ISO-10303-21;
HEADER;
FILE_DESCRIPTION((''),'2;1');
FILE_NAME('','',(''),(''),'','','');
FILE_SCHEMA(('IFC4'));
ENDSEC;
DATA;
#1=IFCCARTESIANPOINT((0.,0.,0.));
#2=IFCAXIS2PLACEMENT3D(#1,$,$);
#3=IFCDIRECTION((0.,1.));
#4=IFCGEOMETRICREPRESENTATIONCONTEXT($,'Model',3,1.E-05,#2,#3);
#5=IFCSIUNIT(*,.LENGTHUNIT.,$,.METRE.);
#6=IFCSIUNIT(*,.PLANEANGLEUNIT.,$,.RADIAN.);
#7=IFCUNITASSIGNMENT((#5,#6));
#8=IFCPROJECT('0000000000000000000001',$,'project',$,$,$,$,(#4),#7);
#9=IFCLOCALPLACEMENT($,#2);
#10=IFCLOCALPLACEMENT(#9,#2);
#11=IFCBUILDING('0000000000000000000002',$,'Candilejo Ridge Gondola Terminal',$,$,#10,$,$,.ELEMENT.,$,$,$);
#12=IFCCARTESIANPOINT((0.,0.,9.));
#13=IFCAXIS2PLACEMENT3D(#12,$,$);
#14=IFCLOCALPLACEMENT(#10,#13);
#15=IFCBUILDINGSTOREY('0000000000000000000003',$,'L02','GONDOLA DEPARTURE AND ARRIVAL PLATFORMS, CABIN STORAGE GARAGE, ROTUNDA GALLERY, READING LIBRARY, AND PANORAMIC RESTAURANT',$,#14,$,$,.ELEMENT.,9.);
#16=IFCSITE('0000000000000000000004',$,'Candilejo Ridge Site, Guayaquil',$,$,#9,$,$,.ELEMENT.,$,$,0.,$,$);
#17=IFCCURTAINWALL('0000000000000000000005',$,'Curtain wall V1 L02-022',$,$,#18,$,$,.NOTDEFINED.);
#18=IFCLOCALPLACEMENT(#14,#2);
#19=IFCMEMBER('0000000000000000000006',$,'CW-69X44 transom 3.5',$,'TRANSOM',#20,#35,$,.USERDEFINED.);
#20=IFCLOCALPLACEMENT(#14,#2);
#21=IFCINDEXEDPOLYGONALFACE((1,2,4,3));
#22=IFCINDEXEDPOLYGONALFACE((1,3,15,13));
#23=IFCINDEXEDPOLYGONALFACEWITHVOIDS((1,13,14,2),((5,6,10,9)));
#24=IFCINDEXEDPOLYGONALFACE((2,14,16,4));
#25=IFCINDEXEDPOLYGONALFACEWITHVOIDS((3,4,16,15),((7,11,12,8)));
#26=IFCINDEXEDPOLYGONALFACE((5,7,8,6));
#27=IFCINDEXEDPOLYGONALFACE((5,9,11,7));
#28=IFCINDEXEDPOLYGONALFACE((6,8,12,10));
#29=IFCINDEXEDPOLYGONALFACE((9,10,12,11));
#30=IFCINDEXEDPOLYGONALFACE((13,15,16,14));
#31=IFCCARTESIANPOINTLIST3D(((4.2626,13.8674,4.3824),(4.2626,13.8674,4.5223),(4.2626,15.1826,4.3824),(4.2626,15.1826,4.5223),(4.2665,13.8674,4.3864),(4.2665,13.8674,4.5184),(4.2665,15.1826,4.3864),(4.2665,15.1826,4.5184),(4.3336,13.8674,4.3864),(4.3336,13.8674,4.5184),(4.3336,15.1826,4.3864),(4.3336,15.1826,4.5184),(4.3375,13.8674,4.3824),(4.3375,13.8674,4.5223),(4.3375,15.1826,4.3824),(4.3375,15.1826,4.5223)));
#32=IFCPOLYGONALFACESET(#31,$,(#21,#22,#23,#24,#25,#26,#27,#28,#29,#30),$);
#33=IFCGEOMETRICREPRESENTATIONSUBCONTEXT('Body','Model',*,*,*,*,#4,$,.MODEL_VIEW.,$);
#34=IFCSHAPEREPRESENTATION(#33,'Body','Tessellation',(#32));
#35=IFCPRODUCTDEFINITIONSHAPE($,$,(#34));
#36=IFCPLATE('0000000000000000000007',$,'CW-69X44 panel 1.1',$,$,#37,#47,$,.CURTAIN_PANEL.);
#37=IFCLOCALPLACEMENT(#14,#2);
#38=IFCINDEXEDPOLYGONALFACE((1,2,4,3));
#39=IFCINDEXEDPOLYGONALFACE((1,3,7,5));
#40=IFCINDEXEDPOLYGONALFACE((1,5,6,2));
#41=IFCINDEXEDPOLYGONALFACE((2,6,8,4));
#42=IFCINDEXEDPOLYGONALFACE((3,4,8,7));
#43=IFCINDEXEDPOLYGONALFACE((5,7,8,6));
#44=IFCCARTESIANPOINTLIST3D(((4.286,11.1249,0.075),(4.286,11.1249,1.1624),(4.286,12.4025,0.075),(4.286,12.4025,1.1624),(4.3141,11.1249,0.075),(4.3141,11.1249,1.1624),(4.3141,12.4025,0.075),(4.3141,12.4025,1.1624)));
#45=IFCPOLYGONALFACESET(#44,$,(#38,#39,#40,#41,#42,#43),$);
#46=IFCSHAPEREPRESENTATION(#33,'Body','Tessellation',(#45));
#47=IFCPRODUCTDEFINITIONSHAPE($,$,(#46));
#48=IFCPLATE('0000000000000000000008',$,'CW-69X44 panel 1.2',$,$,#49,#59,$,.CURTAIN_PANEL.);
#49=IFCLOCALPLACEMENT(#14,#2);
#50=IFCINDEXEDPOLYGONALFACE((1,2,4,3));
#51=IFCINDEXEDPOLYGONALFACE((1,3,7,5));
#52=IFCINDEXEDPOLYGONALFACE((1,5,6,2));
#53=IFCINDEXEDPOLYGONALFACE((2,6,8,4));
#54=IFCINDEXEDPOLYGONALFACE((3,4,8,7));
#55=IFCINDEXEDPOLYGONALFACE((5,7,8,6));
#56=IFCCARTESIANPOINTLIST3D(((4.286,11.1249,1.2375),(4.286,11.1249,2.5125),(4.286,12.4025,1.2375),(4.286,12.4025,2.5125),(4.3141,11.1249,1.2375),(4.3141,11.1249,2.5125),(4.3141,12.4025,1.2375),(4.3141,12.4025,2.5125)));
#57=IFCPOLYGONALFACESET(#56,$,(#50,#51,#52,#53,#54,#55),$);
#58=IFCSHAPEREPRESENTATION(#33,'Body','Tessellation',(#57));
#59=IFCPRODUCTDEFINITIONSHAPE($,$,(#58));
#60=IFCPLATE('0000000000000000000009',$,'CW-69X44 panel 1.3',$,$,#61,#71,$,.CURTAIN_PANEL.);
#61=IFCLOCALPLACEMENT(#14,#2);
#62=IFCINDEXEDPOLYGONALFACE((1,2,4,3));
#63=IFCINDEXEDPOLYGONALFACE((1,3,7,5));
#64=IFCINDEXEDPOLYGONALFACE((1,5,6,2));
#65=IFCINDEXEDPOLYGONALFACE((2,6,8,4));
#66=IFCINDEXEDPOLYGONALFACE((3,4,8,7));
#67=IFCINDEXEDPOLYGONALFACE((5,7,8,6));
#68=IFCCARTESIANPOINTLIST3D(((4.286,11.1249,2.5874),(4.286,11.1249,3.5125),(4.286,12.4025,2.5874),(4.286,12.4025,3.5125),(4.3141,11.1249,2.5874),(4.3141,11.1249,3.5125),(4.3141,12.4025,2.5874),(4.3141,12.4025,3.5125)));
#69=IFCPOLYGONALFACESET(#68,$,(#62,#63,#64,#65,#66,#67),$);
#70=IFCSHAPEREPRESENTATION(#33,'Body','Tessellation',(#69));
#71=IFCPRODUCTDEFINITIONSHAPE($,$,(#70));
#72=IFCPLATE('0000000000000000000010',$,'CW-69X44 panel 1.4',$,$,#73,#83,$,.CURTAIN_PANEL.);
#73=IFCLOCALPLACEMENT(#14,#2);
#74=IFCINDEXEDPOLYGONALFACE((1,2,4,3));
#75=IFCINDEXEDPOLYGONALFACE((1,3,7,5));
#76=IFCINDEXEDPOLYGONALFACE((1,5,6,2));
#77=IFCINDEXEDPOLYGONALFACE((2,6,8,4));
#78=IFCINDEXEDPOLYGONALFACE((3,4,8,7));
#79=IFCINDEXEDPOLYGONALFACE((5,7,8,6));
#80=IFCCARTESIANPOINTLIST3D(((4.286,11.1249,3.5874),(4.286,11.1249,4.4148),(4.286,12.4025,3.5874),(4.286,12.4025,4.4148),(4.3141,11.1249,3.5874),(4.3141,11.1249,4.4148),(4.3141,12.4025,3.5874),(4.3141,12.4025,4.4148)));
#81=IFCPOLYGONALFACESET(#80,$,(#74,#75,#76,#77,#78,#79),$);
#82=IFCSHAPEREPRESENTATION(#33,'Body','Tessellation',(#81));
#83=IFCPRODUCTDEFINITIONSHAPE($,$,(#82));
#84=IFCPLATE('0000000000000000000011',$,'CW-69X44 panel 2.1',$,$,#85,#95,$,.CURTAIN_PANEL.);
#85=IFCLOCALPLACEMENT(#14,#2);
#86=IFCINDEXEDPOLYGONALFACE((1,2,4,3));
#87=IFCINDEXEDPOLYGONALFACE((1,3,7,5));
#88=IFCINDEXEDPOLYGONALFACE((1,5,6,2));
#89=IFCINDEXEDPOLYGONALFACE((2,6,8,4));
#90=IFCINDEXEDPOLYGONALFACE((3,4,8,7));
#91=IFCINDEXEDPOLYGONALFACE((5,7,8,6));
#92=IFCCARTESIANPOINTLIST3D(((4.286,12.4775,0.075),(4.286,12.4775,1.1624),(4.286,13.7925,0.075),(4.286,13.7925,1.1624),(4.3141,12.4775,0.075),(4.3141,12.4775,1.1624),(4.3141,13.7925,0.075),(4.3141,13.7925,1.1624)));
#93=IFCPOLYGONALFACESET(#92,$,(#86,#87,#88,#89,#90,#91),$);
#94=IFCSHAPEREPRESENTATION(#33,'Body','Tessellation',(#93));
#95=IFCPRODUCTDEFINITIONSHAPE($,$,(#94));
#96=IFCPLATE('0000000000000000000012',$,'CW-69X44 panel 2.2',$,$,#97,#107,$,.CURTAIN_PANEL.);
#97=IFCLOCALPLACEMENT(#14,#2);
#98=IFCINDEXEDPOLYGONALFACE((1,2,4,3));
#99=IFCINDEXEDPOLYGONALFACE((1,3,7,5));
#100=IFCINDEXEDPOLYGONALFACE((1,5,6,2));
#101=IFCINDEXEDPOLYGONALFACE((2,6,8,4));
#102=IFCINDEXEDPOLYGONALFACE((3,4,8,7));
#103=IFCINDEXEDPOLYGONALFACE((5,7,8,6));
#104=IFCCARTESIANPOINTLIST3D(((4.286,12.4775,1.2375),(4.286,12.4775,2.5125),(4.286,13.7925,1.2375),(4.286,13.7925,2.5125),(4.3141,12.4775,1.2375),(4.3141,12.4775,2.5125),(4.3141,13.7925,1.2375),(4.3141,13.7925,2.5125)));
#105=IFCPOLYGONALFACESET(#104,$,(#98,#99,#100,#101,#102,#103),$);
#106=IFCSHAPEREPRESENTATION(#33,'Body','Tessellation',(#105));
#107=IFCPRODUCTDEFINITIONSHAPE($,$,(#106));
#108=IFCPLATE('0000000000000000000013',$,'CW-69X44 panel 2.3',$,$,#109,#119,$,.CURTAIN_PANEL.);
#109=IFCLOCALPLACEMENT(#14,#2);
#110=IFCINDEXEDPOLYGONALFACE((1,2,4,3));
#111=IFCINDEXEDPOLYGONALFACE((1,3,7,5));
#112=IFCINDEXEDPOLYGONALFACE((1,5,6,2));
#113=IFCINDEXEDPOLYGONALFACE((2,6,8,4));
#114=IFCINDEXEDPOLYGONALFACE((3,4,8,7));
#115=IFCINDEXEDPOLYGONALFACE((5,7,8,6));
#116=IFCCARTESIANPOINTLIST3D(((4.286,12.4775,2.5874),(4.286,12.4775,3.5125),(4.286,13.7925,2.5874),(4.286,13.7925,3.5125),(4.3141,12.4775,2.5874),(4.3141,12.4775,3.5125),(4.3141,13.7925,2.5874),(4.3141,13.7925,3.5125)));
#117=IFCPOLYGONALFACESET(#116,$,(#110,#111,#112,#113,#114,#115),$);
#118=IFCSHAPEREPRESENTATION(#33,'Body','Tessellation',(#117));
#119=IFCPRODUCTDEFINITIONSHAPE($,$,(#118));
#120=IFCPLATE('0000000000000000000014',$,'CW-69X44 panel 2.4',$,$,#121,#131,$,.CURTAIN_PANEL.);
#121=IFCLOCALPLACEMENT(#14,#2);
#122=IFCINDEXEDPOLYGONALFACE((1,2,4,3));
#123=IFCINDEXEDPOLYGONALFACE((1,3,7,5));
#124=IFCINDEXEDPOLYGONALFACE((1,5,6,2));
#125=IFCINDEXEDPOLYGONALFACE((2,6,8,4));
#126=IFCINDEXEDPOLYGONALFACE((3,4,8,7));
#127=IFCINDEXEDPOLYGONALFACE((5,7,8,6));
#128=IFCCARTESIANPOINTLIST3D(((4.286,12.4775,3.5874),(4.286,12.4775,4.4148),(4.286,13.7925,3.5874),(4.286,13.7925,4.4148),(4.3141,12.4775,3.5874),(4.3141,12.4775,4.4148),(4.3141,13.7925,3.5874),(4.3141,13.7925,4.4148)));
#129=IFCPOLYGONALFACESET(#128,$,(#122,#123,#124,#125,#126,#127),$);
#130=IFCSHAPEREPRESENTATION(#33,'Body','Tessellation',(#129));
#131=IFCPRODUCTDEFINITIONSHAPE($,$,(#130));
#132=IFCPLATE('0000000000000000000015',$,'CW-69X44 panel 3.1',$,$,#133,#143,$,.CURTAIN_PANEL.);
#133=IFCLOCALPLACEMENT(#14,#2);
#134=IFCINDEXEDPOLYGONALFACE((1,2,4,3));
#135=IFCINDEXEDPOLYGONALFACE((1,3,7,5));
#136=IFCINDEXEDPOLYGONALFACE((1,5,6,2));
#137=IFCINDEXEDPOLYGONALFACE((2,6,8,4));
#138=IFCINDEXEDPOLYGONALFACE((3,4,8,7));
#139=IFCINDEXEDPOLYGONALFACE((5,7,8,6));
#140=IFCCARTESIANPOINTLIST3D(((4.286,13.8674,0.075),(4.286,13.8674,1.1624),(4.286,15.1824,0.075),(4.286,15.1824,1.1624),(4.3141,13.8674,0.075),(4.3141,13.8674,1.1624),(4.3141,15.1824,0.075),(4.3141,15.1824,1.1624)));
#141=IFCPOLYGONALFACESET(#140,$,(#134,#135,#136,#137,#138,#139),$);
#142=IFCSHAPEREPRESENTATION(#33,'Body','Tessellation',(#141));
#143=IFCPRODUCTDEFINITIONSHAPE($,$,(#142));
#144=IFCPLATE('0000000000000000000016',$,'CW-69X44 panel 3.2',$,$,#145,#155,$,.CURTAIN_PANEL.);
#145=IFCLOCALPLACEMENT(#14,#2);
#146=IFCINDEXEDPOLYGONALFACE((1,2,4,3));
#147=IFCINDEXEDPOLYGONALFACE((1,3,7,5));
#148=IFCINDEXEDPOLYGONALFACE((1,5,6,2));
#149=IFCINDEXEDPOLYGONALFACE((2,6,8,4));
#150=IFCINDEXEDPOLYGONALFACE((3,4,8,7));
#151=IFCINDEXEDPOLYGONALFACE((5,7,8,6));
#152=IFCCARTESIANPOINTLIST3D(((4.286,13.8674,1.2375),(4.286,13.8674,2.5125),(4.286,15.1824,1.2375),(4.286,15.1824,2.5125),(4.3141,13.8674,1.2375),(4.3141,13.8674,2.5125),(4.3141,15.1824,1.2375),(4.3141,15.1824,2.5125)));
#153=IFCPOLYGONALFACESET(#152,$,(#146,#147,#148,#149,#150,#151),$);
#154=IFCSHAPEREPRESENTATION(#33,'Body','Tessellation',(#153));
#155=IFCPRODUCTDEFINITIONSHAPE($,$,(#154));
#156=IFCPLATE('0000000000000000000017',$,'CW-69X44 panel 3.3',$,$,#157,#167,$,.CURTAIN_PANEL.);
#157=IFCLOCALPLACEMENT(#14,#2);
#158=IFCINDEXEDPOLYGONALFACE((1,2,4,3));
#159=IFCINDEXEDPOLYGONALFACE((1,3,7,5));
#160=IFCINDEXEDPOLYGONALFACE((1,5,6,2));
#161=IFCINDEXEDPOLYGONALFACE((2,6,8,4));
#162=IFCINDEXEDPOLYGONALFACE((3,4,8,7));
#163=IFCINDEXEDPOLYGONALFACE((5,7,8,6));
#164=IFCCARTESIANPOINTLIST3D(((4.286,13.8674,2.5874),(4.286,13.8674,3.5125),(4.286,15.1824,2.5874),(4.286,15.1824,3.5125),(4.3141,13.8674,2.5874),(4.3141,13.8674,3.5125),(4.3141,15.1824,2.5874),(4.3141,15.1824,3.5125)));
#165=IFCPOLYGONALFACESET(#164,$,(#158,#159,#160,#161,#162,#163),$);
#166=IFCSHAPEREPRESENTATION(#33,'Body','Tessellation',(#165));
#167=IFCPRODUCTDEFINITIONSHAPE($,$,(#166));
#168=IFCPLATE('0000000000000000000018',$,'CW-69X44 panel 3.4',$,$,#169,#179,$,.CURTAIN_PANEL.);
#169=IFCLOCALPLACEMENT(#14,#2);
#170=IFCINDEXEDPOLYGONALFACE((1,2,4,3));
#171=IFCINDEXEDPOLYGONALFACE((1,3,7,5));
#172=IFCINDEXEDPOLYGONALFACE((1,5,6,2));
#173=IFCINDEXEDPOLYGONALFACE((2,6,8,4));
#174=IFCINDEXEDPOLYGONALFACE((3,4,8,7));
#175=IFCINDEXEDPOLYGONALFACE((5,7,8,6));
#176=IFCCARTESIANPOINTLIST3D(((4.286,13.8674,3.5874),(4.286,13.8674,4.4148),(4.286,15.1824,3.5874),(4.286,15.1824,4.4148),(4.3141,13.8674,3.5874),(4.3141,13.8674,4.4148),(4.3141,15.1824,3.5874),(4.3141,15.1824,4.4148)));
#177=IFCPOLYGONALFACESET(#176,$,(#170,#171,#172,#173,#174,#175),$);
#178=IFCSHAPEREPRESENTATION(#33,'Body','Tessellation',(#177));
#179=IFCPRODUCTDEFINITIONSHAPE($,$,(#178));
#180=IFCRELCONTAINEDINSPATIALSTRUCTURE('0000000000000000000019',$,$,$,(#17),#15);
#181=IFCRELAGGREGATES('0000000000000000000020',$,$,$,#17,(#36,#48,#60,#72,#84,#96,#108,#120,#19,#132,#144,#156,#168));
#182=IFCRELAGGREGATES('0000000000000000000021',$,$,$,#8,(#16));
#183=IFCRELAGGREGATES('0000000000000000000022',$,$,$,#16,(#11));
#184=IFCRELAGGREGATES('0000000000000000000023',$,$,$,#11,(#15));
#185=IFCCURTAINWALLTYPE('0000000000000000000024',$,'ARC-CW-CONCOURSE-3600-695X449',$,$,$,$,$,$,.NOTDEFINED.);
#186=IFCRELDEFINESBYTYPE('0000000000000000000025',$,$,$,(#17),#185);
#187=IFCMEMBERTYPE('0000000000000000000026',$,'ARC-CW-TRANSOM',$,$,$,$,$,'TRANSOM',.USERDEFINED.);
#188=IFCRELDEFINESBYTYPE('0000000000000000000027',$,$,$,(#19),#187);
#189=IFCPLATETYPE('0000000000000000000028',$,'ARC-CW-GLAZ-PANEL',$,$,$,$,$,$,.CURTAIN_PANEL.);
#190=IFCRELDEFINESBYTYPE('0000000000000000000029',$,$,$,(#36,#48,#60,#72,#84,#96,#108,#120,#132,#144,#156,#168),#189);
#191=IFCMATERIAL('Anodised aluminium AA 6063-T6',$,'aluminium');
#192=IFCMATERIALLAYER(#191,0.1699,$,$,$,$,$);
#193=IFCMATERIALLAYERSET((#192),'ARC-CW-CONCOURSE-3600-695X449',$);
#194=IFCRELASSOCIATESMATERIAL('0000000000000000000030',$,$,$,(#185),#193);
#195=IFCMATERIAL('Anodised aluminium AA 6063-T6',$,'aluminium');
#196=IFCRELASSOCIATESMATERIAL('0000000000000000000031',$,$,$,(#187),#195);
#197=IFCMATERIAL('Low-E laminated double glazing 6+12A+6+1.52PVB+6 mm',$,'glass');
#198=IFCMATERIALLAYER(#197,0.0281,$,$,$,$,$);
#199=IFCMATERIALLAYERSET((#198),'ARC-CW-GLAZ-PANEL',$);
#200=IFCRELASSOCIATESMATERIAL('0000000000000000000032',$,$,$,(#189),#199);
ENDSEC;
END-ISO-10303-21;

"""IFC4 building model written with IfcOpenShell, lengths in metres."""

from ifc_helpers import new_model, si_unit, direction, frame, origin, origin_2d, place, context, subcontext, project, spatial, rectangle, hollow_rectangle, extrude, material, layer, layer_set, material_profile, profile_set, type_object, element, aggregate, save


model = new_model("IFC4")

# Units and contexts
model_context = context("Model", 3, precision=1e-05, world=origin(), true_north=direction((0.0, 1.0)))
body_context = subcontext(model_context, "Body", "Model", "MODEL_VIEW")
ifc_project = project(units=[si_unit("LENGTHUNIT", "METRE"), si_unit("PLANEANGLEUNIT", "RADIAN")], contexts=[model_context])

# Site, building, storey
site_placement = place(None, origin())
site = spatial("IfcSite", under=ifc_project, at=site_placement, Name="Candilejo Ridge Site, Guayaquil", CompositionType="ELEMENT", RefElevation=0.0)
building_placement = place(site_placement, origin())
building = spatial("IfcBuilding", under=site, at=building_placement, Name="Candilejo Ridge Gondola Terminal", CompositionType="ELEMENT")
storey_placement = place(building_placement, frame((0.0, 0.0, 9.0)))
storey = spatial("IfcBuildingStorey", under=building, at=storey_placement, Name="L02", Description="GONDOLA DEPARTURE AND ARRIVAL PLATFORMS, CABIN STORAGE GARAGE, ROTUNDA GALLERY, READING LIBRARY, AND PANORAMIC RESTAURANT", CompositionType="ELEMENT", Elevation=9.0)

# Curtain wall
ifc_material_1 = material(Name="Anodised aluminium AA 6063-T6", Category="aluminium")
ifc_layer_1 = layer(ifc_material_1, 0.1699)
ifc_layer_set_1 = layer_set([ifc_layer_1], Name="ARC-CW-CONCOURSE-3600-695X449")
curtain_wall_type_1 = type_object("IfcCurtainWallType", Name="ARC-CW-CONCOURSE-3600-695X449", PredefinedType="NOTDEFINED", material=ifc_layer_set_1)
curtain_wall_1_placement = place(storey_placement, origin())
curtain_wall_1 = element("IfcCurtainWall", 1, at=curtain_wall_1_placement, inside=storey, type_object=curtain_wall_type_1, Name="Curtain wall V1 L02-022", PredefinedType="NOTDEFINED")

# Member
ifc_material_2 = material(Name="Anodised aluminium AA 6063-T6", Category="aluminium")
ifc_material_profile_1 = material_profile(ifc_material_2, hollow_rectangle(XDim=0.075, YDim=0.1399, WallThickness=0.0039, at=origin_2d()))
ifc_profile_set_1 = profile_set([ifc_material_profile_1], Name="Anodised aluminium AA 6063-T6")
member_type_1 = type_object("IfcMemberType", Name="ARC-CW-TRANSOM", ElementType="TRANSOM", PredefinedType="USERDEFINED", material=ifc_profile_set_1)
member_1_placement = place(storey_placement, frame((4.3, 13.8674, 4.4524), z_axis=(0.0, 1.0, 0.0), x_axis=(-1.0, 0.0, 0.0)))
member_1 = element("IfcMember", 2, at=member_1_placement, type_object=member_type_1, Name="CW-69X44 transom 3.5", ObjectType="TRANSOM", PredefinedType="USERDEFINED", context=body_context, shape_type="SweptSolid", body=[
    extrude(hollow_rectangle(XDim=0.075, YDim=0.1399, WallThickness=0.0039, at=origin_2d()), origin(), (0.0, 0.0, 1.0), 1.3152),
])

# Plates
ifc_material_3 = material(Name="Low-E laminated double glazing 6+12A+6+1.52PVB+6 mm", Category="glass")
ifc_layer_2 = layer(ifc_material_3, 0.0281)
ifc_layer_set_2 = layer_set([ifc_layer_2], Name="ARC-CW-GLAZ-PANEL")
plate_type = type_object("IfcPlateType", Name="ARC-CW-GLAZ-PANEL", PredefinedType="CURTAIN_PANEL", material=ifc_layer_set_2)
plate_1_placement = place(storey_placement, frame((4.3, 11.7637, 0.075), z_axis=(0.0, 0.0, 1.0), x_axis=(0.0, 1.0, 0.0)))
plate_1 = element("IfcPlate", 3, at=plate_1_placement, type_object=plate_type, Name="CW-69X44 panel 1.1", PredefinedType="CURTAIN_PANEL", context=body_context, shape_type="SweptSolid", body=[
    extrude(rectangle(XDim=1.2776, YDim=0.0281, at=origin_2d()), origin(), (0.0, 0.0, 1.0), 1.0874),
])
plate_2_placement = place(storey_placement, frame((4.3, 11.7637, 1.2375), z_axis=(0.0, 0.0, 1.0), x_axis=(0.0, 1.0, 0.0)))
plate_2 = element("IfcPlate", 4, at=plate_2_placement, type_object=plate_type, Name="CW-69X44 panel 1.2", PredefinedType="CURTAIN_PANEL", context=body_context, shape_type="SweptSolid", body=[
    extrude(rectangle(XDim=1.2776, YDim=0.0281, at=origin_2d()), origin(), (0.0, 0.0, 1.0), 1.2749),
])
plate_3_placement = place(storey_placement, frame((4.3, 11.7637, 2.5874), z_axis=(0.0, 0.0, 1.0), x_axis=(0.0, 1.0, 0.0)))
plate_3 = element("IfcPlate", 5, at=plate_3_placement, type_object=plate_type, Name="CW-69X44 panel 1.3", PredefinedType="CURTAIN_PANEL", context=body_context, shape_type="SweptSolid", body=[
    extrude(rectangle(XDim=1.2776, YDim=0.0281, at=origin_2d()), origin(), (0.0, 0.0, 1.0), 0.925),
])
plate_4_placement = place(storey_placement, frame((4.3, 11.7637, 3.5874), z_axis=(0.0, 0.0, 1.0), x_axis=(0.0, 1.0, 0.0)))
plate_4 = element("IfcPlate", 6, at=plate_4_placement, type_object=plate_type, Name="CW-69X44 panel 1.4", PredefinedType="CURTAIN_PANEL", context=body_context, shape_type="SweptSolid", body=[
    extrude(rectangle(XDim=1.2776, YDim=0.0281, at=origin_2d()), origin(), (0.0, 0.0, 1.0), 0.8274),
])
plate_5_placement = place(storey_placement, frame((4.3, 13.135, 0.075), z_axis=(0.0, 0.0, 1.0), x_axis=(0.0, 1.0, 0.0)))
plate_5 = element("IfcPlate", 7, at=plate_5_placement, type_object=plate_type, Name="CW-69X44 panel 2.1", PredefinedType="CURTAIN_PANEL", context=body_context, shape_type="SweptSolid", body=[
    extrude(rectangle(XDim=1.3149, YDim=0.0281, at=origin_2d()), origin(), (0.0, 0.0, 1.0), 1.0874),
])
plate_6_placement = place(storey_placement, frame((4.3, 13.135, 1.2375), z_axis=(0.0, 0.0, 1.0), x_axis=(0.0, 1.0, 0.0)))
plate_6 = element("IfcPlate", 8, at=plate_6_placement, type_object=plate_type, Name="CW-69X44 panel 2.2", PredefinedType="CURTAIN_PANEL", context=body_context, shape_type="SweptSolid", body=[
    extrude(rectangle(XDim=1.3149, YDim=0.0281, at=origin_2d()), origin(), (0.0, 0.0, 1.0), 1.2749),
])
plate_7_placement = place(storey_placement, frame((4.3, 13.135, 2.5874), z_axis=(0.0, 0.0, 1.0), x_axis=(0.0, 1.0, 0.0)))
plate_7 = element("IfcPlate", 9, at=plate_7_placement, type_object=plate_type, Name="CW-69X44 panel 2.3", PredefinedType="CURTAIN_PANEL", context=body_context, shape_type="SweptSolid", body=[
    extrude(rectangle(XDim=1.3149, YDim=0.0281, at=origin_2d()), origin(), (0.0, 0.0, 1.0), 0.925),
])
plate_8_placement = place(storey_placement, frame((4.3, 13.135, 3.5874), z_axis=(0.0, 0.0, 1.0), x_axis=(0.0, 1.0, 0.0)))
plate_8 = element("IfcPlate", 10, at=plate_8_placement, type_object=plate_type, Name="CW-69X44 panel 2.4", PredefinedType="CURTAIN_PANEL", context=body_context, shape_type="SweptSolid", body=[
    extrude(rectangle(XDim=1.3149, YDim=0.0281, at=origin_2d()), origin(), (0.0, 0.0, 1.0), 0.8274),
])
plate_9_placement = place(storey_placement, frame((4.3, 14.5249, 0.075), z_axis=(0.0, 0.0, 1.0), x_axis=(0.0, 1.0, 0.0)))
plate_9 = element("IfcPlate", 11, at=plate_9_placement, type_object=plate_type, Name="CW-69X44 panel 3.1", PredefinedType="CURTAIN_PANEL", context=body_context, shape_type="SweptSolid", body=[
    extrude(rectangle(XDim=1.3149, YDim=0.0281, at=origin_2d()), origin(), (0.0, 0.0, 1.0), 1.0874),
])
plate_10_placement = place(storey_placement, frame((4.3, 14.5249, 1.2375), z_axis=(0.0, 0.0, 1.0), x_axis=(0.0, 1.0, 0.0)))
plate_10 = element("IfcPlate", 12, at=plate_10_placement, type_object=plate_type, Name="CW-69X44 panel 3.2", PredefinedType="CURTAIN_PANEL", context=body_context, shape_type="SweptSolid", body=[
    extrude(rectangle(XDim=1.3149, YDim=0.0281, at=origin_2d()), origin(), (0.0, 0.0, 1.0), 1.2749),
])
plate_11_placement = place(storey_placement, frame((4.3, 14.5249, 2.5874), z_axis=(0.0, 0.0, 1.0), x_axis=(0.0, 1.0, 0.0)))
plate_11 = element("IfcPlate", 13, at=plate_11_placement, type_object=plate_type, Name="CW-69X44 panel 3.3", PredefinedType="CURTAIN_PANEL", context=body_context, shape_type="SweptSolid", body=[
    extrude(rectangle(XDim=1.3149, YDim=0.0281, at=origin_2d()), origin(), (0.0, 0.0, 1.0), 0.925),
])
plate_12_placement = place(storey_placement, frame((4.3, 14.5249, 3.5874), z_axis=(0.0, 0.0, 1.0), x_axis=(0.0, 1.0, 0.0)))
plate_12 = element("IfcPlate", 14, at=plate_12_placement, type_object=plate_type, Name="CW-69X44 panel 3.4", PredefinedType="CURTAIN_PANEL", context=body_context, shape_type="SweptSolid", body=[
    extrude(rectangle(XDim=1.3149, YDim=0.0281, at=origin_2d()), origin(), (0.0, 0.0, 1.0), 0.8274),
])
aggregate(curtain_wall_1, [plate_1, plate_2, plate_3, plate_4, plate_5, plate_6, plate_7, plate_8, member_1, plate_9, plate_10, plate_11, plate_12])

save(model, "model.ifc")
